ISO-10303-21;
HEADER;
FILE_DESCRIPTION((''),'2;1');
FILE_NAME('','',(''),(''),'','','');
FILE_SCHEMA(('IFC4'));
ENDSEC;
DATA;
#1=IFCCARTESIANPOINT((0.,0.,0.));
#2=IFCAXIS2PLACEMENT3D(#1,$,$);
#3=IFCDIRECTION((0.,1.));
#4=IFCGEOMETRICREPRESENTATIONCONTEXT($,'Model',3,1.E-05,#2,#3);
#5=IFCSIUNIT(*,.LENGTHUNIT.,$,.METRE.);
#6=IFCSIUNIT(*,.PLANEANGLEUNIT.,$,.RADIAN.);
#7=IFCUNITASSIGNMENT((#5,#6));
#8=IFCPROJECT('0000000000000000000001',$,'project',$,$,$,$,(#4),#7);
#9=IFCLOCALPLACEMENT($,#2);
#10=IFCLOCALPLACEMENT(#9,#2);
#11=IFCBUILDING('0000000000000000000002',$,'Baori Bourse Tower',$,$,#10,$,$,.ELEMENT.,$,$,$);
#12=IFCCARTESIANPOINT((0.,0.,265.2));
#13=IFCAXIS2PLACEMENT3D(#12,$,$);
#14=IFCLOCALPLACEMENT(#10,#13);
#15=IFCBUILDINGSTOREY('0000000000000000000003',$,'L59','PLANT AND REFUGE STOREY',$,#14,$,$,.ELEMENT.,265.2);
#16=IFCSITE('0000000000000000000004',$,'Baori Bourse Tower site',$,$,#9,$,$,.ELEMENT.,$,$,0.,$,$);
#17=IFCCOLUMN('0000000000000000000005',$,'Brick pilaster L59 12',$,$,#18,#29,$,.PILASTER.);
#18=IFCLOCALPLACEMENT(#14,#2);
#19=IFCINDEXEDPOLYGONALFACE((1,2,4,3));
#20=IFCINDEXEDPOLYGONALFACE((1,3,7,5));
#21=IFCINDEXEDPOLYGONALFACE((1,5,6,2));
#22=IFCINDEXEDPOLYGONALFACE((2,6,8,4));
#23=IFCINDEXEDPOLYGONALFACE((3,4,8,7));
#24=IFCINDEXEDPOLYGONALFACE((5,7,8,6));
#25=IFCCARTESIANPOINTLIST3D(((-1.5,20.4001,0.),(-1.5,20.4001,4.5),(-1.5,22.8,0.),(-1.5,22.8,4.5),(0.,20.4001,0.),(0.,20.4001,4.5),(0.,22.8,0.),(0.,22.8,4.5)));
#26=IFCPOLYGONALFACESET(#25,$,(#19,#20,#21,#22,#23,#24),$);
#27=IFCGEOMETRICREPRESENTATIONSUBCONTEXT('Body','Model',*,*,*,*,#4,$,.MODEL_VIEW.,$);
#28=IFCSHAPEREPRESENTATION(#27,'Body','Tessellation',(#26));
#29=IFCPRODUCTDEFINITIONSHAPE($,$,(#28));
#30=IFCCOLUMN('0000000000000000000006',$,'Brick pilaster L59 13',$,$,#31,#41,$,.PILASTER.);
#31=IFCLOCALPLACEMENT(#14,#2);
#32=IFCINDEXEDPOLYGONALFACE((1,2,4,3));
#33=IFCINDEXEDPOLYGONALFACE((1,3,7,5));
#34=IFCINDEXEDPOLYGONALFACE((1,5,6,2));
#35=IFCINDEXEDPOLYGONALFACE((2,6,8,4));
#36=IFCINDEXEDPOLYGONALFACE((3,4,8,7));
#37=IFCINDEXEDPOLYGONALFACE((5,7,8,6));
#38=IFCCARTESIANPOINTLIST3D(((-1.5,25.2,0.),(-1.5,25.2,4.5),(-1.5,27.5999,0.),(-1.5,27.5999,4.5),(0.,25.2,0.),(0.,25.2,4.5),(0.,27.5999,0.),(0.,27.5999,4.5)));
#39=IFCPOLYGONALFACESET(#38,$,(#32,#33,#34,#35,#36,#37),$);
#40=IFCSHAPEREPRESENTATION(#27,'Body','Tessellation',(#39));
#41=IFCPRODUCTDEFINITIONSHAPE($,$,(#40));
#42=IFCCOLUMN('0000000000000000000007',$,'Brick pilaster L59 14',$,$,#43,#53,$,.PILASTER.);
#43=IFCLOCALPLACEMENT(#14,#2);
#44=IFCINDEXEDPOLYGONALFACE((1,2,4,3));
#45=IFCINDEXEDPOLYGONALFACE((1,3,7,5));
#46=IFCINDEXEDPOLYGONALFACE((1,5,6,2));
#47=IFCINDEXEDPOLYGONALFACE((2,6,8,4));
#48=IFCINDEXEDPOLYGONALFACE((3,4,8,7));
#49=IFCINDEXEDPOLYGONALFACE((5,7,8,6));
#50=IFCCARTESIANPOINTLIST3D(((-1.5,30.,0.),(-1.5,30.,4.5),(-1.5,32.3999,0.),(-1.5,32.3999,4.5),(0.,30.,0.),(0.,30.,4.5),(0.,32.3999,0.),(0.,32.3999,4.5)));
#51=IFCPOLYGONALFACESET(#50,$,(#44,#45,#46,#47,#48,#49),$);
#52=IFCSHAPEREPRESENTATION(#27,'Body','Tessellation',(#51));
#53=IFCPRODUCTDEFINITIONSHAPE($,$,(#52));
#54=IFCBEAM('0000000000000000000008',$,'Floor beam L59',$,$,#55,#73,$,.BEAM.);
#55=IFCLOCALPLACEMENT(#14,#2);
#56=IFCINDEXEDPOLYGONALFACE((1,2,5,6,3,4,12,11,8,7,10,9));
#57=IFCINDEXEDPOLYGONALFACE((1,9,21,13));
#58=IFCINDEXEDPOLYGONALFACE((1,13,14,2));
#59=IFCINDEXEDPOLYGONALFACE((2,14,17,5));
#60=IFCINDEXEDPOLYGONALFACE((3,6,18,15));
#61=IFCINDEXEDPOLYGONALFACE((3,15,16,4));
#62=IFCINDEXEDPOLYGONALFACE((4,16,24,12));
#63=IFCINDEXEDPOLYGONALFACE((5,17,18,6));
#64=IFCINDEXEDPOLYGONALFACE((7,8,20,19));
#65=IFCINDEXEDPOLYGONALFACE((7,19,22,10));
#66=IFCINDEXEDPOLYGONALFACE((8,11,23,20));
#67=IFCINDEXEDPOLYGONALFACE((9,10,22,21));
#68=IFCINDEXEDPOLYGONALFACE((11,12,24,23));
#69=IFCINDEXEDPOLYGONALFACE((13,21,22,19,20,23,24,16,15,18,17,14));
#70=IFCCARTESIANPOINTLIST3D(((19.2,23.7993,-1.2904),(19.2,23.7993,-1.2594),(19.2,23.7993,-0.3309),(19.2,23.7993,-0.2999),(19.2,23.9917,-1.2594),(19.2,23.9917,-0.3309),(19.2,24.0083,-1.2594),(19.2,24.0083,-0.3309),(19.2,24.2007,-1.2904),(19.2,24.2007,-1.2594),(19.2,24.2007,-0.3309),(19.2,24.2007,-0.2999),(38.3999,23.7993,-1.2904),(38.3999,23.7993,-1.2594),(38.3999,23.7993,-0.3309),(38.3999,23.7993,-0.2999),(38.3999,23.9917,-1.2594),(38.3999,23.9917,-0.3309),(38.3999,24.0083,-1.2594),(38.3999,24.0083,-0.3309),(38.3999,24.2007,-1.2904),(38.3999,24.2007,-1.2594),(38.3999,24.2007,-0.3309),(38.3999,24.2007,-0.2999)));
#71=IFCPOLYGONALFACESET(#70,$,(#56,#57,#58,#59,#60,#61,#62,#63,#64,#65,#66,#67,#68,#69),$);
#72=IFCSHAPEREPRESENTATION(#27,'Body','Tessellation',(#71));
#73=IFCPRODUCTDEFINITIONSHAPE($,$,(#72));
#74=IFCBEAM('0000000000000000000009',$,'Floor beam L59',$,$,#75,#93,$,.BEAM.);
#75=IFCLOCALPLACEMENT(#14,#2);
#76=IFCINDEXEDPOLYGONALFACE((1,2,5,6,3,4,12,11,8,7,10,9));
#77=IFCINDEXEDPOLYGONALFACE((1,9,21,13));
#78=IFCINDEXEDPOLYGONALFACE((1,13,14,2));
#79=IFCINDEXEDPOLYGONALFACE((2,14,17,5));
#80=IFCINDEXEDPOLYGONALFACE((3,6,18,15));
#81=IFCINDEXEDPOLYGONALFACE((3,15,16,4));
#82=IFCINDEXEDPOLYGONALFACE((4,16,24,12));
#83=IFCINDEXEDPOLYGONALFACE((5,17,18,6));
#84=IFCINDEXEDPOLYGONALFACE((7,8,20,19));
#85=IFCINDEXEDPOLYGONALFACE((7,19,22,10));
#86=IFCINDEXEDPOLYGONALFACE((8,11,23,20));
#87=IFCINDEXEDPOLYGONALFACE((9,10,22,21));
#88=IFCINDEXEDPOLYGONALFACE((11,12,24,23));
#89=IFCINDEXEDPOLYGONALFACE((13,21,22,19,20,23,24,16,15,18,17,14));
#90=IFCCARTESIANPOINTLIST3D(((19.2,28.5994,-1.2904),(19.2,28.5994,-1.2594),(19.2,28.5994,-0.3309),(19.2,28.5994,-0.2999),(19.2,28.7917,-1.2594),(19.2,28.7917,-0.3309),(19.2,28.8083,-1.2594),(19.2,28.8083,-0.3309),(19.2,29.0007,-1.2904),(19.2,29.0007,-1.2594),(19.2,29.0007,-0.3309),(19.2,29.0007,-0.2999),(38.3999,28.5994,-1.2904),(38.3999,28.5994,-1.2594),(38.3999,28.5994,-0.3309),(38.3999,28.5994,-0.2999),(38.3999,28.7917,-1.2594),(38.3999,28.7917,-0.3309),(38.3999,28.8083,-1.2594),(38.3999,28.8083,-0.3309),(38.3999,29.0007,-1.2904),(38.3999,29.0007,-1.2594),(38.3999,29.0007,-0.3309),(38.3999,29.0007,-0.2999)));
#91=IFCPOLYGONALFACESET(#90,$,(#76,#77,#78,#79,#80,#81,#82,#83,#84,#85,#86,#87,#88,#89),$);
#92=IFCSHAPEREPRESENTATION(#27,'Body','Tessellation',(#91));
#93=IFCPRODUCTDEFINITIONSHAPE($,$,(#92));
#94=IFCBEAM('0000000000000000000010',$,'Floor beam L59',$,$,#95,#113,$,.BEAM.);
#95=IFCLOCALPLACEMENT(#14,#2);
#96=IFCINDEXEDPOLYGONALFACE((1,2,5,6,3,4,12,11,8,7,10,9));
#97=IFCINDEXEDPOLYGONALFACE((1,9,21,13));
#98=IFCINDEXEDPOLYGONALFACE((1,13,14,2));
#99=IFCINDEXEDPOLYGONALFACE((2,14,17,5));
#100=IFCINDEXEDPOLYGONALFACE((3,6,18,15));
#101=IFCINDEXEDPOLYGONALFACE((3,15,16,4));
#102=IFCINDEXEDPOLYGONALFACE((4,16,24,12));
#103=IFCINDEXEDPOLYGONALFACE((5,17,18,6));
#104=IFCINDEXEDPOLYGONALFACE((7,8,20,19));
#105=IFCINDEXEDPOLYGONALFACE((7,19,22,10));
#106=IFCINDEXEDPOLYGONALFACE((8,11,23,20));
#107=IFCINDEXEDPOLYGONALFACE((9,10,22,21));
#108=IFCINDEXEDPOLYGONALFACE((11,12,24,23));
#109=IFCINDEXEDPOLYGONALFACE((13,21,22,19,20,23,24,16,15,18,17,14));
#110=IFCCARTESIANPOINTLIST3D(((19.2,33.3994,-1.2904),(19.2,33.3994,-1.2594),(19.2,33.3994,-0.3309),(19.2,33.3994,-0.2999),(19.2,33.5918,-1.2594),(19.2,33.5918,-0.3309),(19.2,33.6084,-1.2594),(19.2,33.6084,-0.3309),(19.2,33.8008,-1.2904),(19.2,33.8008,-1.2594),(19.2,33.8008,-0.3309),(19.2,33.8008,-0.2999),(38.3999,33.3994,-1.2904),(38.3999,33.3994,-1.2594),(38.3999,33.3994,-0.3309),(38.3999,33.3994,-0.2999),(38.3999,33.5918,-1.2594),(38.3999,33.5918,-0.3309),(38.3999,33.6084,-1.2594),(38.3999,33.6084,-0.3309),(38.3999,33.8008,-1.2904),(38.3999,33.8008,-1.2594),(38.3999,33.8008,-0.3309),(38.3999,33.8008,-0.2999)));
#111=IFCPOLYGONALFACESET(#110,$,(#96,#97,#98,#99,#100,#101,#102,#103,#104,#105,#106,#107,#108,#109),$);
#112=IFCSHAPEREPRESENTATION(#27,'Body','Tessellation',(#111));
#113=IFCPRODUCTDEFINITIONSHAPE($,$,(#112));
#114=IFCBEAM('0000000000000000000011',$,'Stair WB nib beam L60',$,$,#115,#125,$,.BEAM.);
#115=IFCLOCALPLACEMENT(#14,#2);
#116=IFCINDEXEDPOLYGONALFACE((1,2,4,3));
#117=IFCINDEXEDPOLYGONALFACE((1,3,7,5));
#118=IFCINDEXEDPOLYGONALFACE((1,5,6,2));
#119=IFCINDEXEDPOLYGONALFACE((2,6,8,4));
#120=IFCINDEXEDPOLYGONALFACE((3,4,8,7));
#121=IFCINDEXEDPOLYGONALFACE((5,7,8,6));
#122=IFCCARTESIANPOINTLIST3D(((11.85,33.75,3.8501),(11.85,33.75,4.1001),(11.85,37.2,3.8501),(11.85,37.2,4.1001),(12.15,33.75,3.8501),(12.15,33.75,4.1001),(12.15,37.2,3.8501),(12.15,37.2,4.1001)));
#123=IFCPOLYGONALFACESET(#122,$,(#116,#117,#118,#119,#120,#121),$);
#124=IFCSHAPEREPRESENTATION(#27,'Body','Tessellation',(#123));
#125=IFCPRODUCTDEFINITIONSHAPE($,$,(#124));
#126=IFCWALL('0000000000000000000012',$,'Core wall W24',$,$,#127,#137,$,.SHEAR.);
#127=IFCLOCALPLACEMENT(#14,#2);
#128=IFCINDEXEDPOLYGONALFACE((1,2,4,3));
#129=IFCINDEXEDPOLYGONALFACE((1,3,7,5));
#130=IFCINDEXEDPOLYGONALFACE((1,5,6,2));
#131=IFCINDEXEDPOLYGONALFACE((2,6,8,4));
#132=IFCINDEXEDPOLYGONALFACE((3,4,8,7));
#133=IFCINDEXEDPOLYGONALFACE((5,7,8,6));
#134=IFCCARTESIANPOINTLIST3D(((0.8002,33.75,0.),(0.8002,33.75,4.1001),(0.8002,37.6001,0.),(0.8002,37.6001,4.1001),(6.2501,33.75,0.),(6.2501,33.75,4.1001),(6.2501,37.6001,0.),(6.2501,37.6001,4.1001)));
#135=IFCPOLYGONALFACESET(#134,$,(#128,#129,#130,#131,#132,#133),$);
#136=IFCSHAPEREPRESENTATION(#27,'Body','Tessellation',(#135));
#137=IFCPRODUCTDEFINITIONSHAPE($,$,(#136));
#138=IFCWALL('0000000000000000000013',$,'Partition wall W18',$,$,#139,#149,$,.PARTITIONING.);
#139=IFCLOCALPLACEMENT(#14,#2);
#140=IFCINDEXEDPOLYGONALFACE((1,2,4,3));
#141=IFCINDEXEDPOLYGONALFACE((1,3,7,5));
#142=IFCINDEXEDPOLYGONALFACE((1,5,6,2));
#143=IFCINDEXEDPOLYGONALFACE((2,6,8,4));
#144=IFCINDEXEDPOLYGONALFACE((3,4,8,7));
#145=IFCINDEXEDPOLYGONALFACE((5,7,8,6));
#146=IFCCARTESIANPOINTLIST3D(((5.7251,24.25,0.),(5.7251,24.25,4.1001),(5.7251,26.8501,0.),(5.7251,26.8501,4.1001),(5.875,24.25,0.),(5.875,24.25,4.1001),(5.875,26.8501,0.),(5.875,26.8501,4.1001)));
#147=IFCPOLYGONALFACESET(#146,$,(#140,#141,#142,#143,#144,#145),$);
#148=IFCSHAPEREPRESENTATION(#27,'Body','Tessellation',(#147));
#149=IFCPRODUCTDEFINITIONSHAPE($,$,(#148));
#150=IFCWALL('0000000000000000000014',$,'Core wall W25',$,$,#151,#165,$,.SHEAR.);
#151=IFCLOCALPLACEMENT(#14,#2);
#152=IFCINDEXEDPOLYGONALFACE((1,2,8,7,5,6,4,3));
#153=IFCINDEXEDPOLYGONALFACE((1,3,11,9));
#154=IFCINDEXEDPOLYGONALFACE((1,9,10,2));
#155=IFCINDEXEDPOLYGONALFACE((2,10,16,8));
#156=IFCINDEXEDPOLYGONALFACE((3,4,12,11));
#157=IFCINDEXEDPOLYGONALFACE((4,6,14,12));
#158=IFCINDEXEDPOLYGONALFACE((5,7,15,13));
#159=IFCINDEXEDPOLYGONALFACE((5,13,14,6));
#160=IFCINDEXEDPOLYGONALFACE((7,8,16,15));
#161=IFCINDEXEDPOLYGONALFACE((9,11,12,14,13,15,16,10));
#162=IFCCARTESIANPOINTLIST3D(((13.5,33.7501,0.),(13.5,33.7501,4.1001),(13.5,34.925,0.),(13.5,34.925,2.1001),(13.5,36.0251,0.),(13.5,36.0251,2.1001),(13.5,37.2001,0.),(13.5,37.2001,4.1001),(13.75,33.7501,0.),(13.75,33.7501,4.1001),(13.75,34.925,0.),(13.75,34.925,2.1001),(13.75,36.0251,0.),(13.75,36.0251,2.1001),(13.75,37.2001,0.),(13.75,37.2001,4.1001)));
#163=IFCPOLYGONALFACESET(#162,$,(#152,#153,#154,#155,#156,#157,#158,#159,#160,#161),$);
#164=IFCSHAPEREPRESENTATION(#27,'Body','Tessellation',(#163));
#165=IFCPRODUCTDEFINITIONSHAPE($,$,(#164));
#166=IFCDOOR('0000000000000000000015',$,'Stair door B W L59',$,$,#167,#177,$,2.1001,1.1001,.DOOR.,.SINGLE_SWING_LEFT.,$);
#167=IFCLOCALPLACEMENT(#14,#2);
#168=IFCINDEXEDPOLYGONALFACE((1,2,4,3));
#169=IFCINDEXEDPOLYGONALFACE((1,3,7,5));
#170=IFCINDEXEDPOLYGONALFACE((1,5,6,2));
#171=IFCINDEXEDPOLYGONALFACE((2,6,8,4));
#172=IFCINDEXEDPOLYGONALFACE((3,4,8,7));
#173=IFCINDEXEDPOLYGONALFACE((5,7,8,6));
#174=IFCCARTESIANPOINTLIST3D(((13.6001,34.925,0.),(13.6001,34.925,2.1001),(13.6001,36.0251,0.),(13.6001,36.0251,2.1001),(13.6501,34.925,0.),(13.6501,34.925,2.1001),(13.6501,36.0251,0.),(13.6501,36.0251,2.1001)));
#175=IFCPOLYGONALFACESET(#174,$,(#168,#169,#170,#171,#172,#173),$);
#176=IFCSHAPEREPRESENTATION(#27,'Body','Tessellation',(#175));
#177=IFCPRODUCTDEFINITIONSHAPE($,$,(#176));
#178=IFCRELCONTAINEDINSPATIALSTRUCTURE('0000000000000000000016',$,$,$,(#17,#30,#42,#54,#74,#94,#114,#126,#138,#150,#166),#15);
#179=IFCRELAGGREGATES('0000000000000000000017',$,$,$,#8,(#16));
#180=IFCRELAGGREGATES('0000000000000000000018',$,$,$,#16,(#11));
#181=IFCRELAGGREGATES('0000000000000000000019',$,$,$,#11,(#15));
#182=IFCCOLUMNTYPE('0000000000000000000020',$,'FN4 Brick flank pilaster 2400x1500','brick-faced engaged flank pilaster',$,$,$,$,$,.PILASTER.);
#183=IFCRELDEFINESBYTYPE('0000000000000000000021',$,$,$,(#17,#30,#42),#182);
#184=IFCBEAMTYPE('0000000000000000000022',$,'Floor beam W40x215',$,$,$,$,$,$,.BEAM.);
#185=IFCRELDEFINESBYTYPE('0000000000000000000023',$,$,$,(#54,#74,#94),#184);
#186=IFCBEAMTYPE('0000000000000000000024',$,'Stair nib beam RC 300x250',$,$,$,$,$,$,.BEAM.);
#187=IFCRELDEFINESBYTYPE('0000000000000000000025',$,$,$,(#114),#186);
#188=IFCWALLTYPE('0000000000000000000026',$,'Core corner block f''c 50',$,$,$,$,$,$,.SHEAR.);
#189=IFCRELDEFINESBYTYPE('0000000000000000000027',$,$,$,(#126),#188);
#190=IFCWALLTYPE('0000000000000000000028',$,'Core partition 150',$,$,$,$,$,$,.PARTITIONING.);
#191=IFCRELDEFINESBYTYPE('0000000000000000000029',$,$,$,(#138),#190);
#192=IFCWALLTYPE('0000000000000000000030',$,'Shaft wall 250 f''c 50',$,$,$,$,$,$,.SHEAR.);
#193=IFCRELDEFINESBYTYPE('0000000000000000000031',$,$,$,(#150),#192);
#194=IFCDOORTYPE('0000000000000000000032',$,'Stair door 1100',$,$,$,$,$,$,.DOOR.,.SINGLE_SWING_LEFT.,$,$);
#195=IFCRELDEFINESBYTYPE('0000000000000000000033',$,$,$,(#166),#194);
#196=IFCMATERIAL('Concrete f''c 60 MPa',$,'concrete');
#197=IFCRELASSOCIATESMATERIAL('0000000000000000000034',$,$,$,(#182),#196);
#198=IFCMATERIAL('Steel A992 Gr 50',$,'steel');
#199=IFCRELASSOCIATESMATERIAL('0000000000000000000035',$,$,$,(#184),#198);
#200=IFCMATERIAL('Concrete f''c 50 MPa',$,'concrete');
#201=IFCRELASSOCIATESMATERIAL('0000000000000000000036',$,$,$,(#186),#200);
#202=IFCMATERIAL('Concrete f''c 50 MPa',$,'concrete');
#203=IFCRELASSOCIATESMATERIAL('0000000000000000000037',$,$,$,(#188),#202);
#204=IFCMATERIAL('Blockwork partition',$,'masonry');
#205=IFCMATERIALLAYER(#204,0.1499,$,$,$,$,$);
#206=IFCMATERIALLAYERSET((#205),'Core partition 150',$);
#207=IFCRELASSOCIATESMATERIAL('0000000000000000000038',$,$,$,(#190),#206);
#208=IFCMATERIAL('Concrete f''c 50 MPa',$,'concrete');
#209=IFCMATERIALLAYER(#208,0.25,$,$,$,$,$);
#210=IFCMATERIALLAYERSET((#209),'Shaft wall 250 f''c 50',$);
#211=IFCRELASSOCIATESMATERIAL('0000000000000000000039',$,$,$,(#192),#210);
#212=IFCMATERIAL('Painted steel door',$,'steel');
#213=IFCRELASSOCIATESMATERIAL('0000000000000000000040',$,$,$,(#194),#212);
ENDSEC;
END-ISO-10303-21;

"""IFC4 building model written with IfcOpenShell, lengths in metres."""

from ifc_helpers import new_model, si_unit, direction, frame, frame_2d, origin, origin_2d, place, context, subcontext, project, spatial, rectangle, i_section, extrude, material, layer, layer_set, material_profile, profile_set, type_object, element, fill, save


model = new_model("IFC4")

# Units and contexts
model_context = context("Model", 3, precision=1e-05, world=origin(), true_north=direction((0.0, 1.0)))
body_context = subcontext(model_context, "Body", "Model", "MODEL_VIEW")
ifc_project = project(units=[si_unit("LENGTHUNIT", "METRE"), si_unit("PLANEANGLEUNIT", "RADIAN")], contexts=[model_context])

# Site, building, storey
site_placement = place(None, origin())
site = spatial("IfcSite", under=ifc_project, at=site_placement, Name="Baori Bourse Tower site", CompositionType="ELEMENT", RefElevation=0.0)
building_placement = place(site_placement, origin())
building = spatial("IfcBuilding", under=site, at=building_placement, Name="Baori Bourse Tower", CompositionType="ELEMENT")
storey_placement = place(building_placement, frame((0.0, 0.0, 265.2)))
storey = spatial("IfcBuildingStorey", under=building, at=storey_placement, Name="L59", Description="PLANT AND REFUGE STOREY", CompositionType="ELEMENT", Elevation=265.2)

# Columns
ifc_material_1 = material(Name="Concrete f'c 60 MPa", Category="concrete")
ifc_material_profile_1 = material_profile(ifc_material_1, rectangle(XDim=2.3999, YDim=1.5, at=origin_2d()), Name="RC 2400x1500")
ifc_profile_set_1 = profile_set([ifc_material_profile_1], Name="Concrete f'c 60 MPa")
column_type = type_object("IfcColumnType", Name="FN4 Brick flank pilaster 2400x1500", Description="brick-faced engaged flank pilaster", PredefinedType="PILASTER", material=ifc_profile_set_1)
for number, where, z_axis, x_axis, name in (
    (1, (-0.75, 21.6001, 0.0), (0.0, 0.0, 1.0), (0.0, 1.0, 0.0), "Brick pilaster L59 12"),
    (2, (-0.75, 26.3999, 0.0), (0.0, 0.0, 1.0), (0.0, 1.0, 0.0), "Brick pilaster L59 13"),
    (3, (-0.75, 31.2, 0.0), (0.0, 0.0, 1.0), (0.0, 1.0, 0.0), "Brick pilaster L59 14"),
):
    element("IfcColumn", number, at=place(storey_placement, frame(where, z_axis=z_axis, x_axis=x_axis)), inside=storey, type_object=column_type, Name=name, PredefinedType="PILASTER", context=body_context, shape_type="SweptSolid", body=[
        extrude(rectangle(XDim=2.3999, YDim=1.5, at=origin_2d()), origin(), (0.0, 0.0, 1.0), 4.5),
    ])

# Beams
ifc_material_2 = material(Name="Steel A992 Gr 50", Category="steel")
ifc_material_profile_2 = material_profile(ifc_material_2, i_section(OverallWidth=0.4014, OverallDepth=0.9905, WebThickness=0.0166, FlangeThickness=0.031, at=origin_2d()), Name="W40x215")
ifc_profile_set_2 = profile_set([ifc_material_profile_2], Name="Steel A992 Gr 50")
beam_type_1 = type_object("IfcBeamType", Name="Floor beam W40x215", PredefinedType="BEAM", material=ifc_profile_set_2)
for number, where, z_axis, x_axis, name in (
    (4, (19.2, 24.0, -0.7952), (1.0, 0.0, 0.0), (0.0, 1.0, 0.0), "Floor beam L59"),
    (5, (19.2, 28.8, -0.7952), (1.0, 0.0, 0.0), (0.0, 1.0, 0.0), "Floor beam L59"),
    (6, (19.2, 33.6001, -0.7952), (1.0, 0.0, 0.0), (0.0, 1.0, 0.0), "Floor beam L59"),
):
    element("IfcBeam", number, at=place(storey_placement, frame(where, z_axis=z_axis, x_axis=x_axis)), inside=storey, type_object=beam_type_1, Name=name, PredefinedType="BEAM", context=body_context, shape_type="SweptSolid", body=[
        extrude(i_section(OverallWidth=0.4014, OverallDepth=0.9905, WebThickness=0.0166, FlangeThickness=0.031, at=origin_2d()), origin(), (0.0, 0.0, 1.0), 19.2),
    ])
ifc_material_3 = material(Name="Concrete f'c 50 MPa", Category="concrete")
ifc_material_profile_3 = material_profile(ifc_material_3, rectangle(XDim=0.3, YDim=0.25, at=origin_2d()), Name="RC 300x250")
ifc_profile_set_3 = profile_set([ifc_material_profile_3], Name="Concrete f'c 50 MPa")
beam_type_2 = type_object("IfcBeamType", Name="Stair nib beam RC 300x250", PredefinedType="BEAM", material=ifc_profile_set_3)
beam_placement = place(storey_placement, frame((12.0, 33.75, 3.9751), z_axis=(0.0, 1.0, 0.0), x_axis=(-1.0, 0.0, 0.0)))
element("IfcBeam", 7, at=beam_placement, inside=storey, type_object=beam_type_2, Name="Stair WB nib beam L60", PredefinedType="BEAM", context=body_context, shape_type="SweptSolid", body=[
    extrude(rectangle(XDim=0.3, YDim=0.25, at=origin_2d()), origin(), (0.0, 0.0, 1.0), 3.45),
])

# Walls
ifc_material_4 = material(Name="Concrete f'c 50 MPa", Category="concrete")
wall_type_1 = type_object("IfcWallType", Name="Core corner block f'c 50", PredefinedType="SHEAR", material=ifc_material_4)
wall_1_placement = place(storey_placement, frame((0.8, 35.675, 0.0), z_axis=(0.0, 0.0, 1.0), x_axis=(1.0, 0.0, 0.0)))
element("IfcWall", 8, at=wall_1_placement, inside=storey, type_object=wall_type_1, Name="Core wall W24", PredefinedType="SHEAR", context=body_context, shape_type="SweptSolid", body=[
    extrude(rectangle(XDim=5.45, YDim=3.8501, at=frame_2d((2.7251, 0.0))), origin(), (0.0, 0.0, 1.0), 4.1001),
])
ifc_material_5 = material(Name="Blockwork partition", Category="masonry")
ifc_layer_1 = layer(ifc_material_5, 0.1499)
ifc_layer_set_1 = layer_set([ifc_layer_1], Name="Core partition 150")
wall_type_2 = type_object("IfcWallType", Name="Core partition 150", PredefinedType="PARTITIONING", material=ifc_layer_set_1)
wall_2_placement = place(storey_placement, frame((5.8, 24.25, 0.0), z_axis=(0.0, 0.0, 1.0), x_axis=(0.0, 1.0, 0.0)))
element("IfcWall", 9, at=wall_2_placement, inside=storey, type_object=wall_type_2, Name="Partition wall W18", PredefinedType="PARTITIONING", context=body_context, shape_type="SweptSolid", body=[
    extrude(rectangle(XDim=2.6001, YDim=0.1499, at=frame_2d((1.3, 0.0))), origin(), (0.0, 0.0, 1.0), 4.1001),
])

# Wall, opening, door
ifc_material_6 = material(Name="Concrete f'c 50 MPa", Category="concrete")
ifc_layer_2 = layer(ifc_material_6, 0.25)
ifc_layer_set_2 = layer_set([ifc_layer_2], Name="Shaft wall 250 f'c 50")
wall_type_3 = type_object("IfcWallType", Name="Shaft wall 250 f'c 50", PredefinedType="SHEAR", material=ifc_layer_set_2)
wall_3_placement = place(storey_placement, frame((13.625, 33.75, 0.0), z_axis=(0.0, 0.0, 1.0), x_axis=(0.0, 1.0, 0.0)))
wall_3 = element("IfcWall", 10, at=wall_3_placement, inside=storey, type_object=wall_type_3, Name="Core wall W25", PredefinedType="SHEAR", context=body_context, shape_type="SweptSolid", body=[
    extrude(rectangle(XDim=3.45, YDim=0.25, at=frame_2d((1.7251, 0.0))), origin(), (0.0, 0.0, 1.0), 4.1001),
])
opening_1_placement = place(wall_3_placement, frame((1.175, 0.0, 0.0)))
opening_1 = element("IfcOpeningElement", 11, at=opening_1_placement, cuts=wall_3, PredefinedType="OPENING", context=body_context, shape_type="SweptSolid", body=[
    extrude(rectangle(XDim=1.1001, YDim=2.1001, at=frame_2d((0.55, 1.05))), frame((0.0, 0.135, 0.0), z_axis=(0.0, -1.0, 0.0), x_axis=(1.0, 0.0, 0.0)), (0.0, 0.0, 1.0), 0.27),
])
ifc_material_7 = material(Name="Painted steel door", Category="steel")
door_type_1 = type_object("IfcDoorType", Name="Stair door 1100", OperationType="SINGLE_SWING_LEFT", PredefinedType="DOOR", material=ifc_material_7)
door_1_placement = place(opening_1_placement, origin())
door_1 = element("IfcDoor", 12, at=door_1_placement, inside=storey, type_object=door_type_1, Name="Stair door B W L59", OperationType="SINGLE_SWING_LEFT", OverallHeight=2.1001, OverallWidth=1.1001, PredefinedType="DOOR", context=body_context, shape_type="SweptSolid", body=[
    extrude(rectangle(XDim=1.1001, YDim=2.1001, at=frame_2d((0.55, 1.05))), frame((0.0, 0.0249, 0.0), z_axis=(0.0, -1.0, 0.0), x_axis=(1.0, 0.0, 0.0)), (0.0, 0.0, 1.0), 0.05),
])
fill(opening_1, door_1)

save(model, "model.ifc")
